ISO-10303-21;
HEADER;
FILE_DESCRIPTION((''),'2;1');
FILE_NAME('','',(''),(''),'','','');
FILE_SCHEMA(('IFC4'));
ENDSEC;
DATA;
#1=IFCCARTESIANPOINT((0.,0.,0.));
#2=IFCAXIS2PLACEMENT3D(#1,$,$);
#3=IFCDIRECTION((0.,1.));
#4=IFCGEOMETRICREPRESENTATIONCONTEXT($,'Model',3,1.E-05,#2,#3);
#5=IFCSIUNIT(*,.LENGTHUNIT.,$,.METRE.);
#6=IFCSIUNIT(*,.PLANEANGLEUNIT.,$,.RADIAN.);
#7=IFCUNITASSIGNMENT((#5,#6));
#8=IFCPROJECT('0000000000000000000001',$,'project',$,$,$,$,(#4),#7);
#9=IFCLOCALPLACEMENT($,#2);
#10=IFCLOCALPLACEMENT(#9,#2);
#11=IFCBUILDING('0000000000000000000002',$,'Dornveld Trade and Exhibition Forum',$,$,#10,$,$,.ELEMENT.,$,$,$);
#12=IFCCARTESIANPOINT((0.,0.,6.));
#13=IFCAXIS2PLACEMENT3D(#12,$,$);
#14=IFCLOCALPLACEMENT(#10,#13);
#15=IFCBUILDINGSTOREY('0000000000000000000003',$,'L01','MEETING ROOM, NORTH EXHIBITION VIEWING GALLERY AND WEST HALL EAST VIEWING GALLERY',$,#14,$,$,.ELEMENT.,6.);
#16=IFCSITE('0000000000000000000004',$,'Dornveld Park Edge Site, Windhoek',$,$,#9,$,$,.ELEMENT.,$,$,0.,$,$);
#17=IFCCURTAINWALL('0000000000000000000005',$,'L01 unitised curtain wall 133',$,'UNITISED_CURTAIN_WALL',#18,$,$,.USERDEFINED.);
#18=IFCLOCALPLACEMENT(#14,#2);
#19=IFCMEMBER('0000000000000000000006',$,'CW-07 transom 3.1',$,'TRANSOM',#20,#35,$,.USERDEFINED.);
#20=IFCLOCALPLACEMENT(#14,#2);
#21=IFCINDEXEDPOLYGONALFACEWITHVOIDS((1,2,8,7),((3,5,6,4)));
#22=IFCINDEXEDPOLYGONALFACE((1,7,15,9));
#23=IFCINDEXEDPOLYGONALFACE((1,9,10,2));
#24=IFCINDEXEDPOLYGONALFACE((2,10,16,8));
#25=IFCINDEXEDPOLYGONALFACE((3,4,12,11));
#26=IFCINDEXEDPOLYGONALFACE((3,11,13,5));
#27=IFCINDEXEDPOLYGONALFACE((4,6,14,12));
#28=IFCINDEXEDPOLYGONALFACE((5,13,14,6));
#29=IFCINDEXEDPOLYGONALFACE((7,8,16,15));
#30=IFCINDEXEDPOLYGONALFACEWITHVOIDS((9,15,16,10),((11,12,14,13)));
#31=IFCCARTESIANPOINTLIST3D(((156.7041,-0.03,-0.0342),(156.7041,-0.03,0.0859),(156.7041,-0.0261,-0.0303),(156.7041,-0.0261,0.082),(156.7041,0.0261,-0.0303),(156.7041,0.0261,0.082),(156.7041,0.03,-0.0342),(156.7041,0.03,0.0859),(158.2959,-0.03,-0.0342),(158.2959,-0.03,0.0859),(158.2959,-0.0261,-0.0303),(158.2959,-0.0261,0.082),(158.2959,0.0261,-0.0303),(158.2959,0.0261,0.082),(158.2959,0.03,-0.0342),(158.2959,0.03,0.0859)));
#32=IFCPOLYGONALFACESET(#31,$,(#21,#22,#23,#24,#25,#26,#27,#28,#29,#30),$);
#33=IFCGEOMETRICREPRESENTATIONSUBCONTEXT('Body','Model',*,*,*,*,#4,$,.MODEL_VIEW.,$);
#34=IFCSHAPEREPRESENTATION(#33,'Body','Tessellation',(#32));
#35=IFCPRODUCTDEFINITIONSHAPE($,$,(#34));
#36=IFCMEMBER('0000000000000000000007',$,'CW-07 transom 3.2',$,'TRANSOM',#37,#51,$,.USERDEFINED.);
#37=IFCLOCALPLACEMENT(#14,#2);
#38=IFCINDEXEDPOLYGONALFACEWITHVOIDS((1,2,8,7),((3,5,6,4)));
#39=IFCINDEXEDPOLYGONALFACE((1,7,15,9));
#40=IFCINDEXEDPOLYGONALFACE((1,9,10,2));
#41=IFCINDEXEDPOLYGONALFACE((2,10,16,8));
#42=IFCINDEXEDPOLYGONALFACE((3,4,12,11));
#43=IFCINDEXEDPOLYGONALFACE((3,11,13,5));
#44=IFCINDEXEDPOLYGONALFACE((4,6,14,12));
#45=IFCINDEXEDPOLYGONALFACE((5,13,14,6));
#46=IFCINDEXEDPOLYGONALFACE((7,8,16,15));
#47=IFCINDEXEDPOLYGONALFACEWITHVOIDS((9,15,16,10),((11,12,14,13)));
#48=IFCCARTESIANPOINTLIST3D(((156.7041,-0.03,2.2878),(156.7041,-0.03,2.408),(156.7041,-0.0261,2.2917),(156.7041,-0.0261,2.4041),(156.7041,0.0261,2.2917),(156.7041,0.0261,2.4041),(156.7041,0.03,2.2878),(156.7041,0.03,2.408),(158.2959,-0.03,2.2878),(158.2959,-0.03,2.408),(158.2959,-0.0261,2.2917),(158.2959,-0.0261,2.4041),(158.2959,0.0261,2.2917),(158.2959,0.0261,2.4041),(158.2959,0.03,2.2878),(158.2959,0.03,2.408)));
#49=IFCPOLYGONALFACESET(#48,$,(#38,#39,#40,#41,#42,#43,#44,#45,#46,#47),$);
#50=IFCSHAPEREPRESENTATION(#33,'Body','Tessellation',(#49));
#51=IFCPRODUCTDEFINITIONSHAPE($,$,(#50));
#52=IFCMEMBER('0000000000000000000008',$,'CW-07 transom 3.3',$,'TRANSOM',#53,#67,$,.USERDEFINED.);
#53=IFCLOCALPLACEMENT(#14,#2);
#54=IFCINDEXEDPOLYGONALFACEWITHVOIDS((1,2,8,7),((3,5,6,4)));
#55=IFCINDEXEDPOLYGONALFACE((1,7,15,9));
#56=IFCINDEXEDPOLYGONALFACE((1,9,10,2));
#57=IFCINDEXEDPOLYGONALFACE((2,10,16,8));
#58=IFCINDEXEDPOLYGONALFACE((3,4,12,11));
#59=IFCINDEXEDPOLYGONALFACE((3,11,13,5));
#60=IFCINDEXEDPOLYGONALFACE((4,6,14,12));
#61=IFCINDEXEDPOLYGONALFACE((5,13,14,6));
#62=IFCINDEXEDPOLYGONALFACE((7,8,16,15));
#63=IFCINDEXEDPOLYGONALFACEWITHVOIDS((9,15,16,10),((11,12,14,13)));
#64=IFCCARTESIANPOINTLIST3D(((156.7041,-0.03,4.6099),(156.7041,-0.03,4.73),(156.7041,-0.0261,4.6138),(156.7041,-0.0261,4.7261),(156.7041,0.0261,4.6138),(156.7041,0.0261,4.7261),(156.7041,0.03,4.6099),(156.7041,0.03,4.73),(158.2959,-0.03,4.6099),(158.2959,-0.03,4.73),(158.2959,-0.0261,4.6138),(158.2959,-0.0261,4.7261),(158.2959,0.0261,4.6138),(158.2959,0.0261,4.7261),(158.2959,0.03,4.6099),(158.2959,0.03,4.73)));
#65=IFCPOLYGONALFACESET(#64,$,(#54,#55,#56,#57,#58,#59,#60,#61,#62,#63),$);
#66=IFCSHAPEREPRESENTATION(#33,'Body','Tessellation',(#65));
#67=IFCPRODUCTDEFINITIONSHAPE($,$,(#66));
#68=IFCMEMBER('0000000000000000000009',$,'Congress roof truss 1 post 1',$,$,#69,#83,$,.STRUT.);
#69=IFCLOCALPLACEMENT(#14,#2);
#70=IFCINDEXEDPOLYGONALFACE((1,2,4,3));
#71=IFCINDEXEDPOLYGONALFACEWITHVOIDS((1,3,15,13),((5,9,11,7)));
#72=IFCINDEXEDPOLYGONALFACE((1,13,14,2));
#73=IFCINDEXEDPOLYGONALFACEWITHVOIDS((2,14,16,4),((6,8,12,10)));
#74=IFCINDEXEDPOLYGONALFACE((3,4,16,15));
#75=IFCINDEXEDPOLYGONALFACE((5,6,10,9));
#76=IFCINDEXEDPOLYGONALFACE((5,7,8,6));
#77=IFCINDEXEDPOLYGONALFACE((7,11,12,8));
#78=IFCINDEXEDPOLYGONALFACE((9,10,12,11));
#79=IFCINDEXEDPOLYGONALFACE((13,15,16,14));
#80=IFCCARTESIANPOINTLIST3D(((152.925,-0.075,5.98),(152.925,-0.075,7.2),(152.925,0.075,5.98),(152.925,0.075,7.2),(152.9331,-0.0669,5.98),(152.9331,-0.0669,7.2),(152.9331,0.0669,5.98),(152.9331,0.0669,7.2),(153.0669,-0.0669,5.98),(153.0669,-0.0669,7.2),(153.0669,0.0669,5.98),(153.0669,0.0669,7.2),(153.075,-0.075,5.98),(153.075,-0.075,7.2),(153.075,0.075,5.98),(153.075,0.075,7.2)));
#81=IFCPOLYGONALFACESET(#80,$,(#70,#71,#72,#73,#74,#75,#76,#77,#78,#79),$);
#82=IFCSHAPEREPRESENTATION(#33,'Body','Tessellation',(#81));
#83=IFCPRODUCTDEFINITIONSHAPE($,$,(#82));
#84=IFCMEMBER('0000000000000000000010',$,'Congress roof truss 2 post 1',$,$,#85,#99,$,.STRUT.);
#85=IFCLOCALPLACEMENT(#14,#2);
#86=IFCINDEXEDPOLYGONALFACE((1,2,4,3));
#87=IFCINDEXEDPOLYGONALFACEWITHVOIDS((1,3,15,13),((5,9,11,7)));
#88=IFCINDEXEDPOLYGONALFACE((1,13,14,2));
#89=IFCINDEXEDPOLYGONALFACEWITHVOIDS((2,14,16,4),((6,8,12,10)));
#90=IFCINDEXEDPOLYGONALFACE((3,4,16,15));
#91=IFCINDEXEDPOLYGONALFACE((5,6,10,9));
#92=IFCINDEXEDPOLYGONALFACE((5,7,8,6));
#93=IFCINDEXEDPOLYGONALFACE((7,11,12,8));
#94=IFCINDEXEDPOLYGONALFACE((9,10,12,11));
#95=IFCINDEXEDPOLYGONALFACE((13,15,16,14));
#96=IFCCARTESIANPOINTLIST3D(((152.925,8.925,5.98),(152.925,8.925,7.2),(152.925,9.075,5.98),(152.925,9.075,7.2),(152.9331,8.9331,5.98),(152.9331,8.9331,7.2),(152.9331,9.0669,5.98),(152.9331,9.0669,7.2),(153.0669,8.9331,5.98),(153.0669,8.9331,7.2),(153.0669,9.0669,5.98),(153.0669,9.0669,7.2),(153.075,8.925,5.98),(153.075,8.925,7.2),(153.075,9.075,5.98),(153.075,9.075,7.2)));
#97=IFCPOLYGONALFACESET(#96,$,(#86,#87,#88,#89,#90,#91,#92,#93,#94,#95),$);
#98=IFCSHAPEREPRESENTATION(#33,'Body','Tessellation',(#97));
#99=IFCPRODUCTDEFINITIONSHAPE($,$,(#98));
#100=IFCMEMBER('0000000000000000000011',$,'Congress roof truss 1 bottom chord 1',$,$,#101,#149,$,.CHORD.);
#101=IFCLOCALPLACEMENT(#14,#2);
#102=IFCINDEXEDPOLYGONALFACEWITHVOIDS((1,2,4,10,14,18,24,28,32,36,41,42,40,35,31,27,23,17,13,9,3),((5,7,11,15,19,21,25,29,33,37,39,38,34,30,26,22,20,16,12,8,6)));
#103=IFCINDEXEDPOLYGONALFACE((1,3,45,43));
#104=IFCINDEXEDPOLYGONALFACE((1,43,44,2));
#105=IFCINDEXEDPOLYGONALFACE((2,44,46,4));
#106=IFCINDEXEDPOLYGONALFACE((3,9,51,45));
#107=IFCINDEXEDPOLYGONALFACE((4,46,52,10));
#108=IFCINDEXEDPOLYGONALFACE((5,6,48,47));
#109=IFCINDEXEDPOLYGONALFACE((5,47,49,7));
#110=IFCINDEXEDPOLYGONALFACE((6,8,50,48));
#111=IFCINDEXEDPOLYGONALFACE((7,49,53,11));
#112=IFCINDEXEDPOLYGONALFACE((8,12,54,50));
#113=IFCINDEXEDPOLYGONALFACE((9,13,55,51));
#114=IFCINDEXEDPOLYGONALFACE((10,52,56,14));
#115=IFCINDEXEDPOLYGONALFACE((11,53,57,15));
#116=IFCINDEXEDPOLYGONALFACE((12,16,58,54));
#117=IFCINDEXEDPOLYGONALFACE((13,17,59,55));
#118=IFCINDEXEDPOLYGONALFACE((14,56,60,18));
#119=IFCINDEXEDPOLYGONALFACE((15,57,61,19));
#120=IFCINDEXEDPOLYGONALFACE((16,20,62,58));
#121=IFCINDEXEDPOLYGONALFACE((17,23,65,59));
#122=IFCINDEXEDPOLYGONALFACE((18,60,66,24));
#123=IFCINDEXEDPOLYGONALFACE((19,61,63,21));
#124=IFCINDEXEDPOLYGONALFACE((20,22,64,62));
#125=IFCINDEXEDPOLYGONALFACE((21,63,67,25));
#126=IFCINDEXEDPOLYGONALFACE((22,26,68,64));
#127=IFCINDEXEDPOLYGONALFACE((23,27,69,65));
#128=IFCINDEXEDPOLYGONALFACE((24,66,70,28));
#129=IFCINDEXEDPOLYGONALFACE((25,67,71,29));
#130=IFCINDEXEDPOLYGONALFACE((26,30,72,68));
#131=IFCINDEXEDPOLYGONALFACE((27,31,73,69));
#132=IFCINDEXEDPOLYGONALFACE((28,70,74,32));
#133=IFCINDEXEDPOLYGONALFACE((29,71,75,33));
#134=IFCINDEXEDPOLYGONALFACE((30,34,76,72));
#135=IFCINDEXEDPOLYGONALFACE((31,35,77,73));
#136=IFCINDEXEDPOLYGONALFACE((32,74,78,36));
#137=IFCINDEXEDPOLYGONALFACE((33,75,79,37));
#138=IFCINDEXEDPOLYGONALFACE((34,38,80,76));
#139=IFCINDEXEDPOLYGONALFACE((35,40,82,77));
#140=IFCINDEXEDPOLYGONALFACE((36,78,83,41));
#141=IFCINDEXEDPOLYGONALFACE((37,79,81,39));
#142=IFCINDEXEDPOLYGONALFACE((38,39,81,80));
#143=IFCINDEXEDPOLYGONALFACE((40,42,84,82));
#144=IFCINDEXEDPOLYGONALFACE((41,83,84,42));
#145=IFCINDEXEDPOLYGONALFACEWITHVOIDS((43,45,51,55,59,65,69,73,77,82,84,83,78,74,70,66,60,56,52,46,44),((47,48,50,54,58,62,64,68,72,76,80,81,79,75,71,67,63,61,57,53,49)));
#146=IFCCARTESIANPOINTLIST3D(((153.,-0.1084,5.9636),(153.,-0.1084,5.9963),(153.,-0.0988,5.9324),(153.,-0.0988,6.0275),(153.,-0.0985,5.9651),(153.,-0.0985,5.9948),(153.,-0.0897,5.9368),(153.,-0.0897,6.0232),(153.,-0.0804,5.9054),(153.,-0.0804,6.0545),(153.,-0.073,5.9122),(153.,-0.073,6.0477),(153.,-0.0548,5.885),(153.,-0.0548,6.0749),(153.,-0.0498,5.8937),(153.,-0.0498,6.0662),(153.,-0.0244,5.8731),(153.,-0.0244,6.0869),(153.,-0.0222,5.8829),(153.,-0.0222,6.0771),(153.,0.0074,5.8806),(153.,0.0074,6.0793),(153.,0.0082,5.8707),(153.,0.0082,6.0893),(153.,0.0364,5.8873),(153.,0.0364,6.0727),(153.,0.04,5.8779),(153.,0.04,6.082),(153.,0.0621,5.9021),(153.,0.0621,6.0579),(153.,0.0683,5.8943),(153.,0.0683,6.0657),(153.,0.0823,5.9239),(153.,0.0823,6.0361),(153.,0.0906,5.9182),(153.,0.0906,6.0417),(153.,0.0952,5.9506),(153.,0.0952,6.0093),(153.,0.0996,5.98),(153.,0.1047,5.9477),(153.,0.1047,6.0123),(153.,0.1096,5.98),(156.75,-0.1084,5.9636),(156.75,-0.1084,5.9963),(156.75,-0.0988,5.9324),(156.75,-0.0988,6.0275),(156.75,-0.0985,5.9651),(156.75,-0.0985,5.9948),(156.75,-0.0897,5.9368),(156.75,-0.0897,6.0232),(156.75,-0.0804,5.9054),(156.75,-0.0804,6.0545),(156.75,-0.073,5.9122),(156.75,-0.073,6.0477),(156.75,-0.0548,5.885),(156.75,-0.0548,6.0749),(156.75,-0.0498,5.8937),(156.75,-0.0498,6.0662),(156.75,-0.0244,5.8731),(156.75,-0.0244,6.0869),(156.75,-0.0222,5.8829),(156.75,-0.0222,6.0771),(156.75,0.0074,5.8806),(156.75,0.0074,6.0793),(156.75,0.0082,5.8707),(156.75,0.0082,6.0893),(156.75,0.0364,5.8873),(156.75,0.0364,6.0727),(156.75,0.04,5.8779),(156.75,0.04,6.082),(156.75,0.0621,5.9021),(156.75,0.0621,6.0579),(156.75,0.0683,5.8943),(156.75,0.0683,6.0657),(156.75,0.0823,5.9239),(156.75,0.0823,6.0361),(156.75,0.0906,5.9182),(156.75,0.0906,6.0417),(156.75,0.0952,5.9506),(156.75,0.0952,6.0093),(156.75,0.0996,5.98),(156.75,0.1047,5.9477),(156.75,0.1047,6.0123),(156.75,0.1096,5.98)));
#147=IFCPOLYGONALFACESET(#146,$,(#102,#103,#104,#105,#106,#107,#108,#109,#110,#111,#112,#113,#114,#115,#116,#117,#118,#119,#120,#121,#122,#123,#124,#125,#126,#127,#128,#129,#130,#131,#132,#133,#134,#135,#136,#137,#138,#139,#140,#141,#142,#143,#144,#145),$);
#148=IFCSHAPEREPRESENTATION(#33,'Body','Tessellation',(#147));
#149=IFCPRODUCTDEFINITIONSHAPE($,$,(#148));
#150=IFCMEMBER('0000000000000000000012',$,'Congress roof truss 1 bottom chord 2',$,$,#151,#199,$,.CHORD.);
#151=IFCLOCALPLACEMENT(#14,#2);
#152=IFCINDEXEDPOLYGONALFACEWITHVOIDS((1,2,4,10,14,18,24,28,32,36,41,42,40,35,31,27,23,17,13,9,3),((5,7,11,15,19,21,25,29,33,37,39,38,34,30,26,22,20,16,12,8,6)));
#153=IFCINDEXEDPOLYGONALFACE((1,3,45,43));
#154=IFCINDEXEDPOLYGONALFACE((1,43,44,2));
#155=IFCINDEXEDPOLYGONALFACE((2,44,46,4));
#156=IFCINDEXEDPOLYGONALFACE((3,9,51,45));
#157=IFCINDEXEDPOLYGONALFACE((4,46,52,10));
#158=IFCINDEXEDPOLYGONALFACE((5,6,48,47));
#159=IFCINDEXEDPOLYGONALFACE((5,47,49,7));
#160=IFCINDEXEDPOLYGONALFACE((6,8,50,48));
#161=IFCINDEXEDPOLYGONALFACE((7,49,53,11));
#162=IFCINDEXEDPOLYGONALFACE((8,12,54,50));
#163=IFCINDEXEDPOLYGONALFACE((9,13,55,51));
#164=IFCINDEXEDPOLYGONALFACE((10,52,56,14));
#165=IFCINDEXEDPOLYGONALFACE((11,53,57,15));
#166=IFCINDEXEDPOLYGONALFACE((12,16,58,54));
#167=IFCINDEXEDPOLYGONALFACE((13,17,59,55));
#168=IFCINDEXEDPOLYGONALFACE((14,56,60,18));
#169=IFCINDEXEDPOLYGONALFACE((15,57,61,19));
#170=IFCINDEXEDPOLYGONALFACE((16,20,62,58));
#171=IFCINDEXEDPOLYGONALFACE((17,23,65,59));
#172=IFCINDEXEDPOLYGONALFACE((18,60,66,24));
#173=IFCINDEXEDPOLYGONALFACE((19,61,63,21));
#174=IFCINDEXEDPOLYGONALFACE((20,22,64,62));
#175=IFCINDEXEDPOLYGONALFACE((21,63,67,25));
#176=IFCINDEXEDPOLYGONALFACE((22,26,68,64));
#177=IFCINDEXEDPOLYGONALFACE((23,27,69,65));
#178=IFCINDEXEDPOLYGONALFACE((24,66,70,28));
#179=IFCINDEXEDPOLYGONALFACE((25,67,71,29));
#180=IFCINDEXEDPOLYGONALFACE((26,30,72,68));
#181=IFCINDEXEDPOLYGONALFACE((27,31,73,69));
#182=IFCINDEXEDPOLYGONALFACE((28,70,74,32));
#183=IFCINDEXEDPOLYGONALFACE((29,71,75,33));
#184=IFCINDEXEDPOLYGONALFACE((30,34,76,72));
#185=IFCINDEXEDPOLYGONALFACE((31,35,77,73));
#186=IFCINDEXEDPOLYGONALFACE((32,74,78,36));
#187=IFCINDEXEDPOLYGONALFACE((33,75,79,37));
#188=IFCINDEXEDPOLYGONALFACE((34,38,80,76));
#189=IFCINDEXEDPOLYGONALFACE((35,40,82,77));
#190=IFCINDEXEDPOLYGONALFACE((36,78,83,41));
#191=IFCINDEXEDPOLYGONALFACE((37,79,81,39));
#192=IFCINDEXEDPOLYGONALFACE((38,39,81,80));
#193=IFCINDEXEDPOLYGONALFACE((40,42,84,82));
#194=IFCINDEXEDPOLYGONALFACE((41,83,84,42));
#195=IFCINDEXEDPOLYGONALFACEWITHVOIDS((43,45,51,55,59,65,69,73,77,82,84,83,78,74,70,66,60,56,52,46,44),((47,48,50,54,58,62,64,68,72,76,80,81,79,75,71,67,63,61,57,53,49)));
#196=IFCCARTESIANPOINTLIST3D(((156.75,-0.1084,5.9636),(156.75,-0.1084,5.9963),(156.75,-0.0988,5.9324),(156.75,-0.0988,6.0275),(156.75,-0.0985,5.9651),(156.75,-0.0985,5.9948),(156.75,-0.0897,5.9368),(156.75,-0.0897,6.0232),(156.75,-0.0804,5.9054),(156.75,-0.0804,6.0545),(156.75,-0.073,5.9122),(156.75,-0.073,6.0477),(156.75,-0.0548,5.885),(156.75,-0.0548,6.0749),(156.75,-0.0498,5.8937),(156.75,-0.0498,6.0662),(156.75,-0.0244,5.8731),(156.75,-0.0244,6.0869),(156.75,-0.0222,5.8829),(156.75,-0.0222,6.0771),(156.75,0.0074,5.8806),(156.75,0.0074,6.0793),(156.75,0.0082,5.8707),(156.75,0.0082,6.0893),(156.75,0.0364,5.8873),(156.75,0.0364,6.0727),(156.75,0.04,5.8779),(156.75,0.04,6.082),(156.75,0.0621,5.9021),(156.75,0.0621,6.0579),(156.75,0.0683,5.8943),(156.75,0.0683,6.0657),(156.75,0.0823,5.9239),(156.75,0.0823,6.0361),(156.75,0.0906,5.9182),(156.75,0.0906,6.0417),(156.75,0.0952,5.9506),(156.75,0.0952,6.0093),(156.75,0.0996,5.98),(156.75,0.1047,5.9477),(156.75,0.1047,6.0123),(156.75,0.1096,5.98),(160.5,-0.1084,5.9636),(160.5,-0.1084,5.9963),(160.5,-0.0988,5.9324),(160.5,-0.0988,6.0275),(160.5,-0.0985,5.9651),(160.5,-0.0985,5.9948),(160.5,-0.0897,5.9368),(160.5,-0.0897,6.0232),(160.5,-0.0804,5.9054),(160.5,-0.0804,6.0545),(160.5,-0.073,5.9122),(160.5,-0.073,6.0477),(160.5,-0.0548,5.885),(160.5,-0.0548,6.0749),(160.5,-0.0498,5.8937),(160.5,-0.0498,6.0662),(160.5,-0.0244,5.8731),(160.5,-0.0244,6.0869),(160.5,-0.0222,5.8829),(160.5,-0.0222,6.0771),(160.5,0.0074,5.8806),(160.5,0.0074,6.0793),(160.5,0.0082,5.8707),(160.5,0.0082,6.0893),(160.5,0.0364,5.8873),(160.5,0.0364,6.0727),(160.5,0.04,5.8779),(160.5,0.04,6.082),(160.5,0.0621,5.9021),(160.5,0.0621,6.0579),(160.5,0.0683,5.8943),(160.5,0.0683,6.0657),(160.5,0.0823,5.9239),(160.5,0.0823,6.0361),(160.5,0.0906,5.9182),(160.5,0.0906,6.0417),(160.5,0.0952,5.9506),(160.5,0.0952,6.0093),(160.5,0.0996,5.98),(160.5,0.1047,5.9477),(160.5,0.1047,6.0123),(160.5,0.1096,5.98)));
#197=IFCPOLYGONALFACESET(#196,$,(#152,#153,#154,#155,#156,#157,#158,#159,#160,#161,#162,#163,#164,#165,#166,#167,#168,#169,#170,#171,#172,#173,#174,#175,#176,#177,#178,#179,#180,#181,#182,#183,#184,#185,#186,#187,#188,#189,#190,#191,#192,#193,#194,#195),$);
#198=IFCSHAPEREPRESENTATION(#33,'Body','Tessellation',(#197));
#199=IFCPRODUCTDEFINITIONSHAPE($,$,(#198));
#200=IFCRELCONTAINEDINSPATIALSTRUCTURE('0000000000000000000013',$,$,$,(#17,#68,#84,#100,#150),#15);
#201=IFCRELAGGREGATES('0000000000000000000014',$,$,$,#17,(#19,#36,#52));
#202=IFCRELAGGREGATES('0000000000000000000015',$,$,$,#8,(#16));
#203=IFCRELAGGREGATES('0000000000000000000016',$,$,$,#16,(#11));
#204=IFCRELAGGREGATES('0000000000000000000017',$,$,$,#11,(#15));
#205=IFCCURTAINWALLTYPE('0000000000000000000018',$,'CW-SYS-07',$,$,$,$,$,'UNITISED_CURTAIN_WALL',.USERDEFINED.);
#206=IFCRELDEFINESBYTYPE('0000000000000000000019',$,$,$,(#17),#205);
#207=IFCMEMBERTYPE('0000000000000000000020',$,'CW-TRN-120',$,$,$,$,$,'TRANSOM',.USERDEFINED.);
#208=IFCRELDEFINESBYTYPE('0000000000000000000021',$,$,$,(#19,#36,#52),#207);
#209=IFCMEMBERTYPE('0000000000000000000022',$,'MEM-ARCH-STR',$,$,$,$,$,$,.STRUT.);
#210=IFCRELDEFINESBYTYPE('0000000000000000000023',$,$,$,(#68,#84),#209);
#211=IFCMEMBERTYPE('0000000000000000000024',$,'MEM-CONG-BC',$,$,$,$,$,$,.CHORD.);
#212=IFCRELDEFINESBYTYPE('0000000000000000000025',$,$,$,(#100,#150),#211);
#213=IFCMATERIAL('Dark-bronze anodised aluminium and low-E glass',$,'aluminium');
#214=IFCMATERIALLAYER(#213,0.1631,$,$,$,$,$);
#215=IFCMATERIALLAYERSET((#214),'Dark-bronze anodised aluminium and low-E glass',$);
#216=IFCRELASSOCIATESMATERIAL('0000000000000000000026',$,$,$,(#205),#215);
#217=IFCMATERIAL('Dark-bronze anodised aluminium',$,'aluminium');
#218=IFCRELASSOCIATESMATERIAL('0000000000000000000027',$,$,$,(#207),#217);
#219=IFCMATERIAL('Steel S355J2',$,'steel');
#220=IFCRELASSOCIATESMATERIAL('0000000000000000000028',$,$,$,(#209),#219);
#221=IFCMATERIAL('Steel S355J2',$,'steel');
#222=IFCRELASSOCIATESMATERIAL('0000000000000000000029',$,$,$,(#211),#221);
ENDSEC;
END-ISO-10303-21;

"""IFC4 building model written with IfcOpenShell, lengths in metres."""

from ifc_helpers import new_model, si_unit, direction, frame, origin, origin_2d, place, context, subcontext, project, spatial, hollow_rectangle, hollow_circle, extrude, material, layer, layer_set, material_profile, profile_set, type_object, element, aggregate, save


model = new_model("IFC4")

# Units and contexts
model_context = context("Model", 3, precision=1e-05, world=origin(), true_north=direction((0.0, 1.0)))
body_context = subcontext(model_context, "Body", "Model", "MODEL_VIEW")
ifc_project = project(units=[si_unit("LENGTHUNIT", "METRE"), si_unit("PLANEANGLEUNIT", "RADIAN")], contexts=[model_context])

# Site, building, storey
site_placement = place(None, origin())
site = spatial("IfcSite", under=ifc_project, at=site_placement, Name="Dornveld Park Edge Site, Windhoek", CompositionType="ELEMENT", RefElevation=0.0)
building_placement = place(site_placement, origin())
building = spatial("IfcBuilding", under=site, at=building_placement, Name="Dornveld Trade and Exhibition Forum", CompositionType="ELEMENT")
storey_placement = place(building_placement, frame((0.0, 0.0, 6.0)))
storey = spatial("IfcBuildingStorey", under=building, at=storey_placement, Name="L01", Description="MEETING ROOM, NORTH EXHIBITION VIEWING GALLERY AND WEST HALL EAST VIEWING GALLERY", CompositionType="ELEMENT", Elevation=6.0)

# Curtain wall, members
ifc_material_1 = material(Name="Dark-bronze anodised aluminium and low-E glass", Category="aluminium")
ifc_layer_1 = layer(ifc_material_1, 0.1631)
ifc_layer_set_1 = layer_set([ifc_layer_1], Name="Dark-bronze anodised aluminium and low-E glass")
curtain_wall_type = type_object("IfcCurtainWallType", Name="CW-SYS-07", ElementType="UNITISED_CURTAIN_WALL", PredefinedType="USERDEFINED", material=ifc_layer_set_1)
curtain_wall_placement = place(storey_placement, origin())
curtain_wall = element("IfcCurtainWall", 1, at=curtain_wall_placement, inside=storey, type_object=curtain_wall_type, Name="L01 unitised curtain wall 133", ObjectType="UNITISED_CURTAIN_WALL", PredefinedType="USERDEFINED")
ifc_material_2 = material(Name="Dark-bronze anodised aluminium", Category="aluminium")
ifc_material_profile_1 = material_profile(ifc_material_2, hollow_rectangle(XDim=0.0601, YDim=0.1201, WallThickness=0.0039, at=origin_2d()), Name="RHS 120x60x4")
ifc_profile_set_1 = profile_set([ifc_material_profile_1], Name="Dark-bronze anodised aluminium")
member_type_1 = type_object("IfcMemberType", Name="CW-TRN-120", ElementType="TRANSOM", PredefinedType="USERDEFINED", material=ifc_profile_set_1)
member_1_placement = place(storey_placement, frame((156.7041, 0.0, 0.0259), z_axis=(1.0, 0.0, 0.0), x_axis=(0.0, 1.0, 0.0)))
member_1 = element("IfcMember", 2, at=member_1_placement, type_object=member_type_1, Name="CW-07 transom 3.1", ObjectType="TRANSOM", PredefinedType="USERDEFINED", context=body_context, shape_type="SweptSolid", body=[
    extrude(hollow_rectangle(XDim=0.0601, YDim=0.1201, WallThickness=0.0039, at=origin_2d()), origin(), (0.0, 0.0, 1.0), 1.5918),
])
member_2_placement = place(storey_placement, frame((156.7041, 0.0, 2.3479), z_axis=(1.0, 0.0, 0.0), x_axis=(0.0, 1.0, 0.0)))
member_2 = element("IfcMember", 3, at=member_2_placement, type_object=member_type_1, Name="CW-07 transom 3.2", ObjectType="TRANSOM", PredefinedType="USERDEFINED", context=body_context, shape_type="SweptSolid", body=[
    extrude(hollow_rectangle(XDim=0.0601, YDim=0.1201, WallThickness=0.0039, at=origin_2d()), origin(), (0.0, 0.0, 1.0), 1.5918),
])
member_3_placement = place(storey_placement, frame((156.7041, 0.0, 4.6699), z_axis=(1.0, 0.0, 0.0), x_axis=(0.0, 1.0, 0.0)))
member_3 = element("IfcMember", 4, at=member_3_placement, type_object=member_type_1, Name="CW-07 transom 3.3", ObjectType="TRANSOM", PredefinedType="USERDEFINED", context=body_context, shape_type="SweptSolid", body=[
    extrude(hollow_rectangle(XDim=0.0601, YDim=0.1201, WallThickness=0.0039, at=origin_2d()), origin(), (0.0, 0.0, 1.0), 1.5918),
])

# Members
ifc_material_3 = material(Name="Steel S355J2", Category="steel")
ifc_material_profile_2 = material_profile(ifc_material_3, hollow_rectangle(XDim=0.1499, YDim=0.1499, WallThickness=0.0081, at=origin_2d()), Name="SHS 150x150x8")
ifc_profile_set_2 = profile_set([ifc_material_profile_2], Name="Steel S355J2")
member_type_2 = type_object("IfcMemberType", Name="MEM-ARCH-STR", PredefinedType="STRUT", material=ifc_profile_set_2)
for number, where, z_axis, x_axis, name in (
    (5, (153.0, 0.0, 5.98), (0.0, 0.0, 1.0), (1.0, 0.0, 0.0), "Congress roof truss 1 post 1"),
    (6, (153.0, 9.0, 5.98), (0.0, 0.0, 1.0), (1.0, 0.0, 0.0), "Congress roof truss 2 post 1"),
):
    element("IfcMember", number, at=place(storey_placement, frame(where, z_axis=z_axis, x_axis=x_axis)), inside=storey, type_object=member_type_2, Name=name, PredefinedType="STRUT", context=body_context, shape_type="SweptSolid", body=[
        extrude(hollow_rectangle(XDim=0.1499, YDim=0.1499, WallThickness=0.0081, at=origin_2d()), origin(), (0.0, 0.0, 1.0), 1.22),
    ])
ifc_material_4 = material(Name="Steel S355J2", Category="steel")
ifc_material_profile_3 = material_profile(ifc_material_4, hollow_circle(Radius=0.1096, WallThickness=0.01, at=origin_2d()), Name="CHS 219.1x10")
ifc_profile_set_3 = profile_set([ifc_material_profile_3], Name="Steel S355J2")
member_type_3 = type_object("IfcMemberType", Name="MEM-CONG-BC", PredefinedType="CHORD", material=ifc_profile_set_3)
for number, where, z_axis, x_axis, name in (
    (7, (153.0, 0.0, 5.98), (1.0, 0.0, 0.0), (0.0, 1.0, 0.0), "Congress roof truss 1 bottom chord 1"),
    (8, (156.75, 0.0, 5.98), (1.0, 0.0, 0.0), (0.0, 1.0, 0.0), "Congress roof truss 1 bottom chord 2"),
):
    element("IfcMember", number, at=place(storey_placement, frame(where, z_axis=z_axis, x_axis=x_axis)), inside=storey, type_object=member_type_3, Name=name, PredefinedType="CHORD", context=body_context, shape_type="SweptSolid", body=[
        extrude(hollow_circle(Radius=0.1096, WallThickness=0.01, at=origin_2d()), origin(), (0.0, 0.0, 1.0), 3.75),
    ])

aggregate(curtain_wall, [member_1, member_2, member_3])

save(model, "model.ifc")
